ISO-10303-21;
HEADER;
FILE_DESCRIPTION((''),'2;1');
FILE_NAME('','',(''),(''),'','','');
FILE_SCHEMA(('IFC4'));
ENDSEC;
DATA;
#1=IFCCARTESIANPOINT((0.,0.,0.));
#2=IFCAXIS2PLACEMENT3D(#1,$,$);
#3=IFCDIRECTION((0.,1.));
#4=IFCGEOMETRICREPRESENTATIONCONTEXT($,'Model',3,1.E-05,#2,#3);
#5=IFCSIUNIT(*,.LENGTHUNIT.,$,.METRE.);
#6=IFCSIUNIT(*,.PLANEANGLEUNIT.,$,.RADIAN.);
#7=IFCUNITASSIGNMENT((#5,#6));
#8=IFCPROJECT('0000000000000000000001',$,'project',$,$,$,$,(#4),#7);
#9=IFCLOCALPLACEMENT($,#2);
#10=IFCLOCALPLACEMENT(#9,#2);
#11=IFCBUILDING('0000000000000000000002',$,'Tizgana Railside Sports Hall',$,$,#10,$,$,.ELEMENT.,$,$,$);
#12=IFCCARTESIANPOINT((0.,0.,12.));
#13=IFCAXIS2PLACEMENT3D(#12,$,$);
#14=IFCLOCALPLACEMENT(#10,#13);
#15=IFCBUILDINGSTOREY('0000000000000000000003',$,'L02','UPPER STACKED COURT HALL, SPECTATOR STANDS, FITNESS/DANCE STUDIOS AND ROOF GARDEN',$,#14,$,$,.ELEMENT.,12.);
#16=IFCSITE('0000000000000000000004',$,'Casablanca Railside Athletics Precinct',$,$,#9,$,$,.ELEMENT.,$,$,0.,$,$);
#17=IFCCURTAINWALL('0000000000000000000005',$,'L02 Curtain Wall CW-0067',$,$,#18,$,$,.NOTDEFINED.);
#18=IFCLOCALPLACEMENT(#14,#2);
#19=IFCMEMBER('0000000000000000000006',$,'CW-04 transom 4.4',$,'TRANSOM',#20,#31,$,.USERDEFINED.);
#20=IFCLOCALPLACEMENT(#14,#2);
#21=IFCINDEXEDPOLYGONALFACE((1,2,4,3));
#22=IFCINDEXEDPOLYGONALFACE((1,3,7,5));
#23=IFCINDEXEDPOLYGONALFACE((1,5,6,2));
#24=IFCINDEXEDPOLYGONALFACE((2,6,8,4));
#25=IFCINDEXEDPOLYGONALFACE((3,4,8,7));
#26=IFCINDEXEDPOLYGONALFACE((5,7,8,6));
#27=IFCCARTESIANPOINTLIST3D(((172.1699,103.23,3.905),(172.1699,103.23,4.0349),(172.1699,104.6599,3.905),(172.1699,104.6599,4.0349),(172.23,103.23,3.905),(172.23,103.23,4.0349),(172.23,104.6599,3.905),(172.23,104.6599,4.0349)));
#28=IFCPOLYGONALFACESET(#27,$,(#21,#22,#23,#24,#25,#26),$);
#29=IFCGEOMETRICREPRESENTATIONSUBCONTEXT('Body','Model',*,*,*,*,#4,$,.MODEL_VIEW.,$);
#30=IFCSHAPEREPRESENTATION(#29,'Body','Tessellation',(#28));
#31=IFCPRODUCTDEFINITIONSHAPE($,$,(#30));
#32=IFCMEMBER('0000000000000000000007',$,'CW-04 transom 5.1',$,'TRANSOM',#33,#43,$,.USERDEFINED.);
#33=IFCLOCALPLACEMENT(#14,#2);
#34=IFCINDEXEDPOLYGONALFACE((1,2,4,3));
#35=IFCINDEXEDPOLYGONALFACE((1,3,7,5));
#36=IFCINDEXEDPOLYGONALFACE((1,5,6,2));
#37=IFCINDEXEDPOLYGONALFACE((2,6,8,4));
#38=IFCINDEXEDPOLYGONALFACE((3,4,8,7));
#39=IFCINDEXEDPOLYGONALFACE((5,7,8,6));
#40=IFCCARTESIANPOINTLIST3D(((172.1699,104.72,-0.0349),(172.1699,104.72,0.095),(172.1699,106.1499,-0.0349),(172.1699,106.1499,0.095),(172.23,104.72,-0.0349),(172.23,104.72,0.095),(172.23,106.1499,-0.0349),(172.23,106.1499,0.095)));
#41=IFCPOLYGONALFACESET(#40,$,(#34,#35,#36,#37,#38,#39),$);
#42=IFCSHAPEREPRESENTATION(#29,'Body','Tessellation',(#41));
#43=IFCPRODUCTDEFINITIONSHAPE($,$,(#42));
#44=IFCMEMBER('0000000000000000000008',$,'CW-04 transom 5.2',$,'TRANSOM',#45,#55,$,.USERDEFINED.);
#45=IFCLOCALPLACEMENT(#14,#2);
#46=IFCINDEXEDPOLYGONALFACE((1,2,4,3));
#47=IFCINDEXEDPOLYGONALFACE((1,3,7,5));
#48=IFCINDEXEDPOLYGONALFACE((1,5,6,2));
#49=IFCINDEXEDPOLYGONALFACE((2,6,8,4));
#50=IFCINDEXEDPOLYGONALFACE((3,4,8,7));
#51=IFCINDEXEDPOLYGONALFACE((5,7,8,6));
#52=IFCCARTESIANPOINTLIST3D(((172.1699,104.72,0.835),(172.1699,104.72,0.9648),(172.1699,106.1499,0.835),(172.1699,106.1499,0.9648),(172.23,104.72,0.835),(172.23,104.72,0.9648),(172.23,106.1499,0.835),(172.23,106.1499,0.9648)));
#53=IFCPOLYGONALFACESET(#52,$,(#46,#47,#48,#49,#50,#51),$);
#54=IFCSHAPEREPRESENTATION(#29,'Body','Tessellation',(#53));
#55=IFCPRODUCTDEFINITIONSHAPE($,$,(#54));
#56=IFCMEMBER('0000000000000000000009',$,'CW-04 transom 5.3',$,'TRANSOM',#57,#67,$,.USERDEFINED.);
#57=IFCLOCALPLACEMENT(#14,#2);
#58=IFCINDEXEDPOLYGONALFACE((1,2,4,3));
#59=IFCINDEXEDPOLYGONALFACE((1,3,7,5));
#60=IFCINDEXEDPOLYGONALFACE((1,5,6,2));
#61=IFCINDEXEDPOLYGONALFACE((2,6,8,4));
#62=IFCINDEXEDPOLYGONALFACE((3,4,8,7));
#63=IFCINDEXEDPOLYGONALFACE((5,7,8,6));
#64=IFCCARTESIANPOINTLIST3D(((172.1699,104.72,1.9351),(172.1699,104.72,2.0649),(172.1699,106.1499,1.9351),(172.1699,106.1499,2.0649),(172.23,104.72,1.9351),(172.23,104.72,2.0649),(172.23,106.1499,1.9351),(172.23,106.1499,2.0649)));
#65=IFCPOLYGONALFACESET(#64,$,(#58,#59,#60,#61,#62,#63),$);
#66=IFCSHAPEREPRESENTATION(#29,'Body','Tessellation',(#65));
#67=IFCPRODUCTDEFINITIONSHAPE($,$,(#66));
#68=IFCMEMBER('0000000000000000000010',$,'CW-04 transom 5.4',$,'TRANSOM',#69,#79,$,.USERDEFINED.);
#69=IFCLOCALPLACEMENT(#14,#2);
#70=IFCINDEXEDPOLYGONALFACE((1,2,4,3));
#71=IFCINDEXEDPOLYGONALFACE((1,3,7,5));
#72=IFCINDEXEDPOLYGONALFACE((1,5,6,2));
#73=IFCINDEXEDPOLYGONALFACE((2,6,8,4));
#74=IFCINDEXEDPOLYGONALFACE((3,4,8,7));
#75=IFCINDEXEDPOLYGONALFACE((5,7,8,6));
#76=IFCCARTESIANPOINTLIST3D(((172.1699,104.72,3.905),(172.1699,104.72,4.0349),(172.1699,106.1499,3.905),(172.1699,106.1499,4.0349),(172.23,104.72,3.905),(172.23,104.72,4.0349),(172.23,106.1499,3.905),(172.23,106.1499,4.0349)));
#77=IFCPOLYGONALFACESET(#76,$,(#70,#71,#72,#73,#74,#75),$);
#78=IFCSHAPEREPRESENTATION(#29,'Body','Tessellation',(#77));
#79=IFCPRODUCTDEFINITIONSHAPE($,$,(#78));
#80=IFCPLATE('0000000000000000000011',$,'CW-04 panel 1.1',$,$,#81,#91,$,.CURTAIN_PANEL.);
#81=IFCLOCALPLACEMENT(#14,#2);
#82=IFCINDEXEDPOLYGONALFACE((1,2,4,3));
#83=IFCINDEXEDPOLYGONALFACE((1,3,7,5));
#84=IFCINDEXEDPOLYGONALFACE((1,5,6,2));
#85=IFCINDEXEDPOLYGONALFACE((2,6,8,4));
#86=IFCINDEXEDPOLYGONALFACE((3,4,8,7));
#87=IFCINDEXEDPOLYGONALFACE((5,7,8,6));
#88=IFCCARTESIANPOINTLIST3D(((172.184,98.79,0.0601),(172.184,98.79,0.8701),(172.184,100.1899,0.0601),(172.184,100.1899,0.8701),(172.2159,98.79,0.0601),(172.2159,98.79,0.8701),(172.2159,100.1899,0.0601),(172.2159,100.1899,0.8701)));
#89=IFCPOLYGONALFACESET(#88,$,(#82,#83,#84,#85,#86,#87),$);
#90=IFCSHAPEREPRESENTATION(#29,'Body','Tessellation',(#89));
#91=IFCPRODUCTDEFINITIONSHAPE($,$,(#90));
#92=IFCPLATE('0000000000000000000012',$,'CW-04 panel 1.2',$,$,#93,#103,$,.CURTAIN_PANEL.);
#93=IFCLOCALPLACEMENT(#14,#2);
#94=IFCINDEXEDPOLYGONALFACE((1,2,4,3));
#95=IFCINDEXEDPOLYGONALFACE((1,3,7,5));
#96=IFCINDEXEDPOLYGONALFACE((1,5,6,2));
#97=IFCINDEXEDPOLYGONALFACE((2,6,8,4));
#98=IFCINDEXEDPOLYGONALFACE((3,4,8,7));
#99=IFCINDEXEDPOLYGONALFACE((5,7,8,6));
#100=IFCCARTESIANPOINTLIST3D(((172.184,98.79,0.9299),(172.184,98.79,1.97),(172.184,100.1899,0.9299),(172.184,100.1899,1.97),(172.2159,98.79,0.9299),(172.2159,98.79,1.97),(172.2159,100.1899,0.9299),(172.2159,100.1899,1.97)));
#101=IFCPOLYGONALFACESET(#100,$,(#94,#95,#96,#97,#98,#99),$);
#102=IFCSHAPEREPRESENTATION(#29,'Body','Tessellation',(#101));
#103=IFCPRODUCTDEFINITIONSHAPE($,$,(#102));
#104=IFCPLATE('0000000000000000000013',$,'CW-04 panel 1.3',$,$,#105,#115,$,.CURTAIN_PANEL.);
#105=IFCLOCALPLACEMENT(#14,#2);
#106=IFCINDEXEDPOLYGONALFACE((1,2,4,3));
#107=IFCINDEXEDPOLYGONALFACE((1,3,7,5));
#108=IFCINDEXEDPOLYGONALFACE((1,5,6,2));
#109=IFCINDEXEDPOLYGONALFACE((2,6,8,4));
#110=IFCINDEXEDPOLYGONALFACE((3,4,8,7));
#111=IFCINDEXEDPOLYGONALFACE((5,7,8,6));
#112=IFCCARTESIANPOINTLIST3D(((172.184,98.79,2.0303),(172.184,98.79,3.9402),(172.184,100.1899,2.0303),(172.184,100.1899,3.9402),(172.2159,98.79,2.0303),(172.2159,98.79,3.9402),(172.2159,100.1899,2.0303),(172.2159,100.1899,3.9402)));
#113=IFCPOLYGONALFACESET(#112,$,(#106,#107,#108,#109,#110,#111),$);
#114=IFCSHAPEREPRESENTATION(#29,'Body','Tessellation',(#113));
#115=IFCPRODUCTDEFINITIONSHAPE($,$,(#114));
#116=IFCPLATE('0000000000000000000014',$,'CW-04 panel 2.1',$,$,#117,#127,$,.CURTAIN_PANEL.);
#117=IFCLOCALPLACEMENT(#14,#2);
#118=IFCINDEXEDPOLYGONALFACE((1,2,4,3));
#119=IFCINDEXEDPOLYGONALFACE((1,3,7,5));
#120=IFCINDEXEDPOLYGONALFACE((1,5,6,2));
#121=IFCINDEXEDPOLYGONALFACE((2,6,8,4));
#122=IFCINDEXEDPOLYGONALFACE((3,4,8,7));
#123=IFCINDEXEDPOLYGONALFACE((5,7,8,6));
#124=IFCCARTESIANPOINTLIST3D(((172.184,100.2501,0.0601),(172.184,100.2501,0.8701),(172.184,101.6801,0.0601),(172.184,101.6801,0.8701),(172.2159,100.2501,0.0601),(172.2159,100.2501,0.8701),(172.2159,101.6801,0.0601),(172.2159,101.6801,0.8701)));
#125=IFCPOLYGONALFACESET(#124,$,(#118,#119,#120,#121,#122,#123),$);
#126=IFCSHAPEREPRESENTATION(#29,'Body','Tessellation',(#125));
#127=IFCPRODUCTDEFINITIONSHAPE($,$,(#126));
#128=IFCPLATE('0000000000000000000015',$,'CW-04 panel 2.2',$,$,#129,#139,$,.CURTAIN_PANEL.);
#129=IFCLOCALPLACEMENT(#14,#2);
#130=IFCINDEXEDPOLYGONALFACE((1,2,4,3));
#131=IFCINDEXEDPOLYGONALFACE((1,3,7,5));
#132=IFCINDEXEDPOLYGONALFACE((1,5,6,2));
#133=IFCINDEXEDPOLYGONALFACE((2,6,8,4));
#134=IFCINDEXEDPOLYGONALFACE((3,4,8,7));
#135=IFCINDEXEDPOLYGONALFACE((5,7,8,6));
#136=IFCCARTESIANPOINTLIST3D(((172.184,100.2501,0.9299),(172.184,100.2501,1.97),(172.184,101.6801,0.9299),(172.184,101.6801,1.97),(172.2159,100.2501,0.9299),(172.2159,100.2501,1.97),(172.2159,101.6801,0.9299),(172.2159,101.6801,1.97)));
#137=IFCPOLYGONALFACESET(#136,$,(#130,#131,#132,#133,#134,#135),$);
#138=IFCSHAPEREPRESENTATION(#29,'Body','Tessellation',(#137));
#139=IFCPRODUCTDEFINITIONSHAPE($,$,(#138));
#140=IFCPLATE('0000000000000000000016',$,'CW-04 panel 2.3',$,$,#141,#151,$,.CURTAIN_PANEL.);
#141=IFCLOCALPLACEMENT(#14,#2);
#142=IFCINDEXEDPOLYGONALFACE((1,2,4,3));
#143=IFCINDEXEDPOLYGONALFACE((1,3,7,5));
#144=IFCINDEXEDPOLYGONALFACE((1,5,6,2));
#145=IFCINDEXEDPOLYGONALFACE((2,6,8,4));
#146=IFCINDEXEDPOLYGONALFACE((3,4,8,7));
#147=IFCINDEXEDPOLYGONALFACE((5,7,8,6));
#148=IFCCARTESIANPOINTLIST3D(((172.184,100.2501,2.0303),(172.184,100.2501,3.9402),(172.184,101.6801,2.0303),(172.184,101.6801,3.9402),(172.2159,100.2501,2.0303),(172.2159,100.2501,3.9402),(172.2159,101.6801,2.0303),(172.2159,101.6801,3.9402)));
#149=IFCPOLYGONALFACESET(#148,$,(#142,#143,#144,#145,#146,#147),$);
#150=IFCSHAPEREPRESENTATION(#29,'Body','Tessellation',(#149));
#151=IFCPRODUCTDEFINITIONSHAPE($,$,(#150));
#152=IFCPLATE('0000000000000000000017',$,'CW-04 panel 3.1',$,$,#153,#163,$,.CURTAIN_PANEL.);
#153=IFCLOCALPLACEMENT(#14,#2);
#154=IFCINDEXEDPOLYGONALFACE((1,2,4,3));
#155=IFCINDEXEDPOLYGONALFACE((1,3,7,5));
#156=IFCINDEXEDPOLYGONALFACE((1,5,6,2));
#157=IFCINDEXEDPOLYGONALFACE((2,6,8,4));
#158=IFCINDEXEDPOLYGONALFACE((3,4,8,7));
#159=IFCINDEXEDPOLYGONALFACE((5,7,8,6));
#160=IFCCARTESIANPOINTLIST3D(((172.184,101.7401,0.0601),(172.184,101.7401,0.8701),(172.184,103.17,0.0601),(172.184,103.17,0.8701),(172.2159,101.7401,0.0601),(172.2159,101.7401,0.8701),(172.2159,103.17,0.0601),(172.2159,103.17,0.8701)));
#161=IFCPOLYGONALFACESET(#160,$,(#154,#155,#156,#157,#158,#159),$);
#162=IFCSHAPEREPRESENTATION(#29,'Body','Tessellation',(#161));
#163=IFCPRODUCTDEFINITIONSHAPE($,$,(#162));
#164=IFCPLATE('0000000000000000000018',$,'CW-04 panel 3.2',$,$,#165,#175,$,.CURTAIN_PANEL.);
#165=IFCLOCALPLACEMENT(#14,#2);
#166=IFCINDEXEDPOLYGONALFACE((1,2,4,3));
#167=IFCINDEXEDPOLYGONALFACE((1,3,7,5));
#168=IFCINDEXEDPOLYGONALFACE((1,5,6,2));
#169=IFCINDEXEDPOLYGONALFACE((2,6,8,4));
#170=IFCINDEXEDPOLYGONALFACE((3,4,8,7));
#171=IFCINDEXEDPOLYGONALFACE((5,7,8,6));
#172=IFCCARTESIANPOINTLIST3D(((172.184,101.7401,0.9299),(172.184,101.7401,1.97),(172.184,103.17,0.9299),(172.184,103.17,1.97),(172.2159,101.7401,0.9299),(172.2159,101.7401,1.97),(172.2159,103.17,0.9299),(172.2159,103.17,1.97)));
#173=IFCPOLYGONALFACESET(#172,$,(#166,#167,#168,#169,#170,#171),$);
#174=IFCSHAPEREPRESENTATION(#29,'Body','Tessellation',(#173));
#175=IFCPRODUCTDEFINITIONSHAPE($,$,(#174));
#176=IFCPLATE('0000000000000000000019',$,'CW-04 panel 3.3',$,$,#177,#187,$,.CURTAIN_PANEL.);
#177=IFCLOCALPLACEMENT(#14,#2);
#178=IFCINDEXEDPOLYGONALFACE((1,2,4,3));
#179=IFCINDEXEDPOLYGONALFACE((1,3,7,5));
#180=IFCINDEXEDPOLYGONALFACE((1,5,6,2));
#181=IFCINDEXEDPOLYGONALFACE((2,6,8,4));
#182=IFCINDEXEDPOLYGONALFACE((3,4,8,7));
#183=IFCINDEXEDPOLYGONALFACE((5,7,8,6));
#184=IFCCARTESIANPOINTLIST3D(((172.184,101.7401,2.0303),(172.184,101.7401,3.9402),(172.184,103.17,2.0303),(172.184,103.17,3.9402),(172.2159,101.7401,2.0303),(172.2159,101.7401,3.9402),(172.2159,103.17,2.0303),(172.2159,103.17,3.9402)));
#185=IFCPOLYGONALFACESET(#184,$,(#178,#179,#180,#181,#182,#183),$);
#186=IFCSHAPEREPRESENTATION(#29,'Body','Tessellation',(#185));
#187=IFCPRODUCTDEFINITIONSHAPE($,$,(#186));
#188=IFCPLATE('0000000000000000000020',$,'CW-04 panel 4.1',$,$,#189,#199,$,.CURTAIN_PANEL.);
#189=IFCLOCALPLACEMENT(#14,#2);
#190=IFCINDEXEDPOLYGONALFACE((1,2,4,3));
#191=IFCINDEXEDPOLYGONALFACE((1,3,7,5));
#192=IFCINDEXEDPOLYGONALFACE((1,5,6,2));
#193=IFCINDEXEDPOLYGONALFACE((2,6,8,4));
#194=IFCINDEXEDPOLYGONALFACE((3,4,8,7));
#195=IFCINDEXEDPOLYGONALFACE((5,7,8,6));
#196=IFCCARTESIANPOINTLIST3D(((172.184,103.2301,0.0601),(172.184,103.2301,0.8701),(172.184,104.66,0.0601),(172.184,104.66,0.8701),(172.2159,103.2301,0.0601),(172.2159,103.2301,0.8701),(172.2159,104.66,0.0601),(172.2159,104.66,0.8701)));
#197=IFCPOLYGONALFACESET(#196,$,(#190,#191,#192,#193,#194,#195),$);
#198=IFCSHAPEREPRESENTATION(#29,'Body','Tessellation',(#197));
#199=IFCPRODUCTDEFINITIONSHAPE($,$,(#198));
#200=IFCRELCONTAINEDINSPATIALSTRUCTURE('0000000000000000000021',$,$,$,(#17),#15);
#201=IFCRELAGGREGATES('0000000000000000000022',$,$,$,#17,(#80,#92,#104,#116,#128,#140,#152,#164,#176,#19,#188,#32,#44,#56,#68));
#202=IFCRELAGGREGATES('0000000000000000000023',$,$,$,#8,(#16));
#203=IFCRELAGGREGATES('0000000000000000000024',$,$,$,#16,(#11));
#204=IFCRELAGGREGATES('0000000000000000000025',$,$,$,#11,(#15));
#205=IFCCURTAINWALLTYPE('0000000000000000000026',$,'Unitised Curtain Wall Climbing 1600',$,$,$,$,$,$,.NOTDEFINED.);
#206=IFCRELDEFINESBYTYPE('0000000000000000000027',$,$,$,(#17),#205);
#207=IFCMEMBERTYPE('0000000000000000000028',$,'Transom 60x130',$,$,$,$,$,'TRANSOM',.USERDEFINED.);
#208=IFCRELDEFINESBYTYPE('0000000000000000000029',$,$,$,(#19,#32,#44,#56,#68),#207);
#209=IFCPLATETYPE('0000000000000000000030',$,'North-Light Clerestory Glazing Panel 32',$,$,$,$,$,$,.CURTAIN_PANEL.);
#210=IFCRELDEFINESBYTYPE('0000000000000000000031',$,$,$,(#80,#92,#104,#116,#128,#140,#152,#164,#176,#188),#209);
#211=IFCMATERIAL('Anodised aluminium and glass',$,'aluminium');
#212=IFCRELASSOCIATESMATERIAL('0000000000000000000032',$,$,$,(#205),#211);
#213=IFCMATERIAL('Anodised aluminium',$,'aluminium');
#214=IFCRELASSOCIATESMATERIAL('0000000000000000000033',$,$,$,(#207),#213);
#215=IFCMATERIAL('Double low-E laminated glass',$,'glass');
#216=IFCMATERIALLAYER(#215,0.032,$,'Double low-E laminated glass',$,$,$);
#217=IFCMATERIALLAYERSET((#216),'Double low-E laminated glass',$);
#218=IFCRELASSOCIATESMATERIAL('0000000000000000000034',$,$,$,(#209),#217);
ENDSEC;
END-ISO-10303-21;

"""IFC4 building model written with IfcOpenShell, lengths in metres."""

from ifc_helpers import new_model, si_unit, direction, frame, origin, origin_2d, place, context, subcontext, project, spatial, rectangle, extrude, material, layer, layer_set, material_profile, profile_set, type_object, element, aggregate, save


model = new_model("IFC4")

# Units and contexts
model_context = context("Model", 3, precision=1e-05, world=origin(), true_north=direction((0.0, 1.0)))
body_context = subcontext(model_context, "Body", "Model", "MODEL_VIEW")
ifc_project = project(units=[si_unit("LENGTHUNIT", "METRE"), si_unit("PLANEANGLEUNIT", "RADIAN")], contexts=[model_context])

# Site, building, storey
site_placement = place(None, origin())
site = spatial("IfcSite", under=ifc_project, at=site_placement, Name="Casablanca Railside Athletics Precinct", CompositionType="ELEMENT", RefElevation=0.0)
building_placement = place(site_placement, origin())
building = spatial("IfcBuilding", under=site, at=building_placement, Name="Tizgana Railside Sports Hall", CompositionType="ELEMENT")
storey_placement = place(building_placement, frame((0.0, 0.0, 12.0)))
storey = spatial("IfcBuildingStorey", under=building, at=storey_placement, Name="L02", Description="UPPER STACKED COURT HALL, SPECTATOR STANDS, FITNESS/DANCE STUDIOS AND ROOF GARDEN", CompositionType="ELEMENT", Elevation=12.0)

# Curtain wall, members, plates
ifc_material_1 = material(Name="Anodised aluminium and glass", Category="aluminium")
curtain_wall_type = type_object("IfcCurtainWallType", Name="Unitised Curtain Wall Climbing 1600", PredefinedType="NOTDEFINED", material=ifc_material_1)
curtain_wall_placement = place(storey_placement, origin())
curtain_wall = element("IfcCurtainWall", 1, at=curtain_wall_placement, inside=storey, type_object=curtain_wall_type, Name="L02 Curtain Wall CW-0067", PredefinedType="NOTDEFINED")
ifc_material_2 = material(Name="Anodised aluminium", Category="aluminium")
ifc_material_profile_1 = material_profile(ifc_material_2, rectangle(XDim=0.0601, YDim=0.1299, at=origin_2d()), Name="Transom 60x130")
ifc_profile_set_1 = profile_set([ifc_material_profile_1], Name="Anodised aluminium")
member_type_1 = type_object("IfcMemberType", Name="Transom 60x130", ElementType="TRANSOM", PredefinedType="USERDEFINED", material=ifc_profile_set_1)
member_1_placement = place(storey_placement, frame((172.2, 103.23, 3.97), z_axis=(0.0, 1.0, 0.0), x_axis=(-1.0, 0.0, 0.0)))
member_1 = element("IfcMember", 2, at=member_1_placement, type_object=member_type_1, Name="CW-04 transom 4.4", ObjectType="TRANSOM", PredefinedType="USERDEFINED", context=body_context, shape_type="SweptSolid", body=[
    extrude(rectangle(XDim=0.0601, YDim=0.1299, at=origin_2d()), origin(), (0.0, 0.0, 1.0), 1.4299),
])
member_2_placement = place(storey_placement, frame((172.2, 104.72, 0.03), z_axis=(0.0, 1.0, 0.0), x_axis=(-1.0, 0.0, 0.0)))
member_2 = element("IfcMember", 3, at=member_2_placement, type_object=member_type_1, Name="CW-04 transom 5.1", ObjectType="TRANSOM", PredefinedType="USERDEFINED", context=body_context, shape_type="SweptSolid", body=[
    extrude(rectangle(XDim=0.0601, YDim=0.1299, at=origin_2d()), origin(), (0.0, 0.0, 1.0), 1.4299),
])
member_3_placement = place(storey_placement, frame((172.2, 104.72, 0.8999), z_axis=(0.0, 1.0, 0.0), x_axis=(-1.0, 0.0, 0.0)))
member_3 = element("IfcMember", 4, at=member_3_placement, type_object=member_type_1, Name="CW-04 transom 5.2", ObjectType="TRANSOM", PredefinedType="USERDEFINED", context=body_context, shape_type="SweptSolid", body=[
    extrude(rectangle(XDim=0.0601, YDim=0.1299, at=origin_2d()), origin(), (0.0, 0.0, 1.0), 1.4299),
])
member_4_placement = place(storey_placement, frame((172.2, 104.72, 2.0), z_axis=(0.0, 1.0, 0.0), x_axis=(-1.0, 0.0, 0.0)))
member_4 = element("IfcMember", 5, at=member_4_placement, type_object=member_type_1, Name="CW-04 transom 5.3", ObjectType="TRANSOM", PredefinedType="USERDEFINED", context=body_context, shape_type="SweptSolid", body=[
    extrude(rectangle(XDim=0.0601, YDim=0.1299, at=origin_2d()), origin(), (0.0, 0.0, 1.0), 1.4299),
])
member_5_placement = place(storey_placement, frame((172.2, 104.72, 3.97), z_axis=(0.0, 1.0, 0.0), x_axis=(-1.0, 0.0, 0.0)))
member_5 = element("IfcMember", 6, at=member_5_placement, type_object=member_type_1, Name="CW-04 transom 5.4", ObjectType="TRANSOM", PredefinedType="USERDEFINED", context=body_context, shape_type="SweptSolid", body=[
    extrude(rectangle(XDim=0.0601, YDim=0.1299, at=origin_2d()), origin(), (0.0, 0.0, 1.0), 1.4299),
])
ifc_material_3 = material(Name="Double low-E laminated glass", Category="glass")
ifc_layer_1 = layer(ifc_material_3, 0.032, Name="Double low-E laminated glass")
ifc_layer_set_1 = layer_set([ifc_layer_1], Name="Double low-E laminated glass")
plate_type = type_object("IfcPlateType", Name="North-Light Clerestory Glazing Panel 32", PredefinedType="CURTAIN_PANEL", material=ifc_layer_set_1)
plate_1_placement = place(storey_placement, frame((172.2, 99.49, 0.0601), z_axis=(0.0, 0.0, 1.0), x_axis=(0.0, 1.0, 0.0)))
plate_1 = element("IfcPlate", 7, at=plate_1_placement, type_object=plate_type, Name="CW-04 panel 1.1", PredefinedType="CURTAIN_PANEL", context=body_context, shape_type="SweptSolid", body=[
    extrude(rectangle(XDim=1.3999, YDim=0.032, at=origin_2d()), origin(), (0.0, 0.0, 1.0), 0.8101),
])
plate_2_placement = place(storey_placement, frame((172.2, 99.49, 0.9299), z_axis=(0.0, 0.0, 1.0), x_axis=(0.0, 1.0, 0.0)))
plate_2 = element("IfcPlate", 8, at=plate_2_placement, type_object=plate_type, Name="CW-04 panel 1.2", PredefinedType="CURTAIN_PANEL", context=body_context, shape_type="SweptSolid", body=[
    extrude(rectangle(XDim=1.3999, YDim=0.032, at=origin_2d()), origin(), (0.0, 0.0, 1.0), 1.04),
])
plate_3_placement = place(storey_placement, frame((172.2, 99.49, 2.0303), z_axis=(0.0, 0.0, 1.0), x_axis=(0.0, 1.0, 0.0)))
plate_3 = element("IfcPlate", 9, at=plate_3_placement, type_object=plate_type, Name="CW-04 panel 1.3", PredefinedType="CURTAIN_PANEL", context=body_context, shape_type="SweptSolid", body=[
    extrude(rectangle(XDim=1.3999, YDim=0.032, at=origin_2d()), origin(), (0.0, 0.0, 1.0), 1.9099),
])
plate_4_placement = place(storey_placement, frame((172.2, 100.9651, 0.0601), z_axis=(0.0, 0.0, 1.0), x_axis=(0.0, 1.0, 0.0)))
plate_4 = element("IfcPlate", 10, at=plate_4_placement, type_object=plate_type, Name="CW-04 panel 2.1", PredefinedType="CURTAIN_PANEL", context=body_context, shape_type="SweptSolid", body=[
    extrude(rectangle(XDim=1.4299, YDim=0.032, at=origin_2d()), origin(), (0.0, 0.0, 1.0), 0.8101),
])
plate_5_placement = place(storey_placement, frame((172.2, 100.9651, 0.9299), z_axis=(0.0, 0.0, 1.0), x_axis=(0.0, 1.0, 0.0)))
plate_5 = element("IfcPlate", 11, at=plate_5_placement, type_object=plate_type, Name="CW-04 panel 2.2", PredefinedType="CURTAIN_PANEL", context=body_context, shape_type="SweptSolid", body=[
    extrude(rectangle(XDim=1.4299, YDim=0.032, at=origin_2d()), origin(), (0.0, 0.0, 1.0), 1.04),
])
plate_6_placement = place(storey_placement, frame((172.2, 100.9651, 2.0303), z_axis=(0.0, 0.0, 1.0), x_axis=(0.0, 1.0, 0.0)))
plate_6 = element("IfcPlate", 12, at=plate_6_placement, type_object=plate_type, Name="CW-04 panel 2.3", PredefinedType="CURTAIN_PANEL", context=body_context, shape_type="SweptSolid", body=[
    extrude(rectangle(XDim=1.4299, YDim=0.032, at=origin_2d()), origin(), (0.0, 0.0, 1.0), 1.9099),
])
plate_7_placement = place(storey_placement, frame((172.2, 102.4551, 0.0601), z_axis=(0.0, 0.0, 1.0), x_axis=(0.0, 1.0, 0.0)))
plate_7 = element("IfcPlate", 13, at=plate_7_placement, type_object=plate_type, Name="CW-04 panel 3.1", PredefinedType="CURTAIN_PANEL", context=body_context, shape_type="SweptSolid", body=[
    extrude(rectangle(XDim=1.4299, YDim=0.032, at=origin_2d()), origin(), (0.0, 0.0, 1.0), 0.8101),
])
plate_8_placement = place(storey_placement, frame((172.2, 102.4551, 0.9299), z_axis=(0.0, 0.0, 1.0), x_axis=(0.0, 1.0, 0.0)))
plate_8 = element("IfcPlate", 14, at=plate_8_placement, type_object=plate_type, Name="CW-04 panel 3.2", PredefinedType="CURTAIN_PANEL", context=body_context, shape_type="SweptSolid", body=[
    extrude(rectangle(XDim=1.4299, YDim=0.032, at=origin_2d()), origin(), (0.0, 0.0, 1.0), 1.04),
])
plate_9_placement = place(storey_placement, frame((172.2, 102.4551, 2.0303), z_axis=(0.0, 0.0, 1.0), x_axis=(0.0, 1.0, 0.0)))
plate_9 = element("IfcPlate", 15, at=plate_9_placement, type_object=plate_type, Name="CW-04 panel 3.3", PredefinedType="CURTAIN_PANEL", context=body_context, shape_type="SweptSolid", body=[
    extrude(rectangle(XDim=1.4299, YDim=0.032, at=origin_2d()), origin(), (0.0, 0.0, 1.0), 1.9099),
])
plate_10_placement = place(storey_placement, frame((172.2, 103.9451, 0.0601), z_axis=(0.0, 0.0, 1.0), x_axis=(0.0, 1.0, 0.0)))
plate_10 = element("IfcPlate", 16, at=plate_10_placement, type_object=plate_type, Name="CW-04 panel 4.1", PredefinedType="CURTAIN_PANEL", context=body_context, shape_type="SweptSolid", body=[
    extrude(rectangle(XDim=1.4299, YDim=0.032, at=origin_2d()), origin(), (0.0, 0.0, 1.0), 0.8101),
])
aggregate(curtain_wall, [plate_1, plate_2, plate_3, plate_4, plate_5, plate_6, plate_7, plate_8, plate_9, member_1, plate_10, member_2, member_3, member_4, member_5])

save(model, "model.ifc")
